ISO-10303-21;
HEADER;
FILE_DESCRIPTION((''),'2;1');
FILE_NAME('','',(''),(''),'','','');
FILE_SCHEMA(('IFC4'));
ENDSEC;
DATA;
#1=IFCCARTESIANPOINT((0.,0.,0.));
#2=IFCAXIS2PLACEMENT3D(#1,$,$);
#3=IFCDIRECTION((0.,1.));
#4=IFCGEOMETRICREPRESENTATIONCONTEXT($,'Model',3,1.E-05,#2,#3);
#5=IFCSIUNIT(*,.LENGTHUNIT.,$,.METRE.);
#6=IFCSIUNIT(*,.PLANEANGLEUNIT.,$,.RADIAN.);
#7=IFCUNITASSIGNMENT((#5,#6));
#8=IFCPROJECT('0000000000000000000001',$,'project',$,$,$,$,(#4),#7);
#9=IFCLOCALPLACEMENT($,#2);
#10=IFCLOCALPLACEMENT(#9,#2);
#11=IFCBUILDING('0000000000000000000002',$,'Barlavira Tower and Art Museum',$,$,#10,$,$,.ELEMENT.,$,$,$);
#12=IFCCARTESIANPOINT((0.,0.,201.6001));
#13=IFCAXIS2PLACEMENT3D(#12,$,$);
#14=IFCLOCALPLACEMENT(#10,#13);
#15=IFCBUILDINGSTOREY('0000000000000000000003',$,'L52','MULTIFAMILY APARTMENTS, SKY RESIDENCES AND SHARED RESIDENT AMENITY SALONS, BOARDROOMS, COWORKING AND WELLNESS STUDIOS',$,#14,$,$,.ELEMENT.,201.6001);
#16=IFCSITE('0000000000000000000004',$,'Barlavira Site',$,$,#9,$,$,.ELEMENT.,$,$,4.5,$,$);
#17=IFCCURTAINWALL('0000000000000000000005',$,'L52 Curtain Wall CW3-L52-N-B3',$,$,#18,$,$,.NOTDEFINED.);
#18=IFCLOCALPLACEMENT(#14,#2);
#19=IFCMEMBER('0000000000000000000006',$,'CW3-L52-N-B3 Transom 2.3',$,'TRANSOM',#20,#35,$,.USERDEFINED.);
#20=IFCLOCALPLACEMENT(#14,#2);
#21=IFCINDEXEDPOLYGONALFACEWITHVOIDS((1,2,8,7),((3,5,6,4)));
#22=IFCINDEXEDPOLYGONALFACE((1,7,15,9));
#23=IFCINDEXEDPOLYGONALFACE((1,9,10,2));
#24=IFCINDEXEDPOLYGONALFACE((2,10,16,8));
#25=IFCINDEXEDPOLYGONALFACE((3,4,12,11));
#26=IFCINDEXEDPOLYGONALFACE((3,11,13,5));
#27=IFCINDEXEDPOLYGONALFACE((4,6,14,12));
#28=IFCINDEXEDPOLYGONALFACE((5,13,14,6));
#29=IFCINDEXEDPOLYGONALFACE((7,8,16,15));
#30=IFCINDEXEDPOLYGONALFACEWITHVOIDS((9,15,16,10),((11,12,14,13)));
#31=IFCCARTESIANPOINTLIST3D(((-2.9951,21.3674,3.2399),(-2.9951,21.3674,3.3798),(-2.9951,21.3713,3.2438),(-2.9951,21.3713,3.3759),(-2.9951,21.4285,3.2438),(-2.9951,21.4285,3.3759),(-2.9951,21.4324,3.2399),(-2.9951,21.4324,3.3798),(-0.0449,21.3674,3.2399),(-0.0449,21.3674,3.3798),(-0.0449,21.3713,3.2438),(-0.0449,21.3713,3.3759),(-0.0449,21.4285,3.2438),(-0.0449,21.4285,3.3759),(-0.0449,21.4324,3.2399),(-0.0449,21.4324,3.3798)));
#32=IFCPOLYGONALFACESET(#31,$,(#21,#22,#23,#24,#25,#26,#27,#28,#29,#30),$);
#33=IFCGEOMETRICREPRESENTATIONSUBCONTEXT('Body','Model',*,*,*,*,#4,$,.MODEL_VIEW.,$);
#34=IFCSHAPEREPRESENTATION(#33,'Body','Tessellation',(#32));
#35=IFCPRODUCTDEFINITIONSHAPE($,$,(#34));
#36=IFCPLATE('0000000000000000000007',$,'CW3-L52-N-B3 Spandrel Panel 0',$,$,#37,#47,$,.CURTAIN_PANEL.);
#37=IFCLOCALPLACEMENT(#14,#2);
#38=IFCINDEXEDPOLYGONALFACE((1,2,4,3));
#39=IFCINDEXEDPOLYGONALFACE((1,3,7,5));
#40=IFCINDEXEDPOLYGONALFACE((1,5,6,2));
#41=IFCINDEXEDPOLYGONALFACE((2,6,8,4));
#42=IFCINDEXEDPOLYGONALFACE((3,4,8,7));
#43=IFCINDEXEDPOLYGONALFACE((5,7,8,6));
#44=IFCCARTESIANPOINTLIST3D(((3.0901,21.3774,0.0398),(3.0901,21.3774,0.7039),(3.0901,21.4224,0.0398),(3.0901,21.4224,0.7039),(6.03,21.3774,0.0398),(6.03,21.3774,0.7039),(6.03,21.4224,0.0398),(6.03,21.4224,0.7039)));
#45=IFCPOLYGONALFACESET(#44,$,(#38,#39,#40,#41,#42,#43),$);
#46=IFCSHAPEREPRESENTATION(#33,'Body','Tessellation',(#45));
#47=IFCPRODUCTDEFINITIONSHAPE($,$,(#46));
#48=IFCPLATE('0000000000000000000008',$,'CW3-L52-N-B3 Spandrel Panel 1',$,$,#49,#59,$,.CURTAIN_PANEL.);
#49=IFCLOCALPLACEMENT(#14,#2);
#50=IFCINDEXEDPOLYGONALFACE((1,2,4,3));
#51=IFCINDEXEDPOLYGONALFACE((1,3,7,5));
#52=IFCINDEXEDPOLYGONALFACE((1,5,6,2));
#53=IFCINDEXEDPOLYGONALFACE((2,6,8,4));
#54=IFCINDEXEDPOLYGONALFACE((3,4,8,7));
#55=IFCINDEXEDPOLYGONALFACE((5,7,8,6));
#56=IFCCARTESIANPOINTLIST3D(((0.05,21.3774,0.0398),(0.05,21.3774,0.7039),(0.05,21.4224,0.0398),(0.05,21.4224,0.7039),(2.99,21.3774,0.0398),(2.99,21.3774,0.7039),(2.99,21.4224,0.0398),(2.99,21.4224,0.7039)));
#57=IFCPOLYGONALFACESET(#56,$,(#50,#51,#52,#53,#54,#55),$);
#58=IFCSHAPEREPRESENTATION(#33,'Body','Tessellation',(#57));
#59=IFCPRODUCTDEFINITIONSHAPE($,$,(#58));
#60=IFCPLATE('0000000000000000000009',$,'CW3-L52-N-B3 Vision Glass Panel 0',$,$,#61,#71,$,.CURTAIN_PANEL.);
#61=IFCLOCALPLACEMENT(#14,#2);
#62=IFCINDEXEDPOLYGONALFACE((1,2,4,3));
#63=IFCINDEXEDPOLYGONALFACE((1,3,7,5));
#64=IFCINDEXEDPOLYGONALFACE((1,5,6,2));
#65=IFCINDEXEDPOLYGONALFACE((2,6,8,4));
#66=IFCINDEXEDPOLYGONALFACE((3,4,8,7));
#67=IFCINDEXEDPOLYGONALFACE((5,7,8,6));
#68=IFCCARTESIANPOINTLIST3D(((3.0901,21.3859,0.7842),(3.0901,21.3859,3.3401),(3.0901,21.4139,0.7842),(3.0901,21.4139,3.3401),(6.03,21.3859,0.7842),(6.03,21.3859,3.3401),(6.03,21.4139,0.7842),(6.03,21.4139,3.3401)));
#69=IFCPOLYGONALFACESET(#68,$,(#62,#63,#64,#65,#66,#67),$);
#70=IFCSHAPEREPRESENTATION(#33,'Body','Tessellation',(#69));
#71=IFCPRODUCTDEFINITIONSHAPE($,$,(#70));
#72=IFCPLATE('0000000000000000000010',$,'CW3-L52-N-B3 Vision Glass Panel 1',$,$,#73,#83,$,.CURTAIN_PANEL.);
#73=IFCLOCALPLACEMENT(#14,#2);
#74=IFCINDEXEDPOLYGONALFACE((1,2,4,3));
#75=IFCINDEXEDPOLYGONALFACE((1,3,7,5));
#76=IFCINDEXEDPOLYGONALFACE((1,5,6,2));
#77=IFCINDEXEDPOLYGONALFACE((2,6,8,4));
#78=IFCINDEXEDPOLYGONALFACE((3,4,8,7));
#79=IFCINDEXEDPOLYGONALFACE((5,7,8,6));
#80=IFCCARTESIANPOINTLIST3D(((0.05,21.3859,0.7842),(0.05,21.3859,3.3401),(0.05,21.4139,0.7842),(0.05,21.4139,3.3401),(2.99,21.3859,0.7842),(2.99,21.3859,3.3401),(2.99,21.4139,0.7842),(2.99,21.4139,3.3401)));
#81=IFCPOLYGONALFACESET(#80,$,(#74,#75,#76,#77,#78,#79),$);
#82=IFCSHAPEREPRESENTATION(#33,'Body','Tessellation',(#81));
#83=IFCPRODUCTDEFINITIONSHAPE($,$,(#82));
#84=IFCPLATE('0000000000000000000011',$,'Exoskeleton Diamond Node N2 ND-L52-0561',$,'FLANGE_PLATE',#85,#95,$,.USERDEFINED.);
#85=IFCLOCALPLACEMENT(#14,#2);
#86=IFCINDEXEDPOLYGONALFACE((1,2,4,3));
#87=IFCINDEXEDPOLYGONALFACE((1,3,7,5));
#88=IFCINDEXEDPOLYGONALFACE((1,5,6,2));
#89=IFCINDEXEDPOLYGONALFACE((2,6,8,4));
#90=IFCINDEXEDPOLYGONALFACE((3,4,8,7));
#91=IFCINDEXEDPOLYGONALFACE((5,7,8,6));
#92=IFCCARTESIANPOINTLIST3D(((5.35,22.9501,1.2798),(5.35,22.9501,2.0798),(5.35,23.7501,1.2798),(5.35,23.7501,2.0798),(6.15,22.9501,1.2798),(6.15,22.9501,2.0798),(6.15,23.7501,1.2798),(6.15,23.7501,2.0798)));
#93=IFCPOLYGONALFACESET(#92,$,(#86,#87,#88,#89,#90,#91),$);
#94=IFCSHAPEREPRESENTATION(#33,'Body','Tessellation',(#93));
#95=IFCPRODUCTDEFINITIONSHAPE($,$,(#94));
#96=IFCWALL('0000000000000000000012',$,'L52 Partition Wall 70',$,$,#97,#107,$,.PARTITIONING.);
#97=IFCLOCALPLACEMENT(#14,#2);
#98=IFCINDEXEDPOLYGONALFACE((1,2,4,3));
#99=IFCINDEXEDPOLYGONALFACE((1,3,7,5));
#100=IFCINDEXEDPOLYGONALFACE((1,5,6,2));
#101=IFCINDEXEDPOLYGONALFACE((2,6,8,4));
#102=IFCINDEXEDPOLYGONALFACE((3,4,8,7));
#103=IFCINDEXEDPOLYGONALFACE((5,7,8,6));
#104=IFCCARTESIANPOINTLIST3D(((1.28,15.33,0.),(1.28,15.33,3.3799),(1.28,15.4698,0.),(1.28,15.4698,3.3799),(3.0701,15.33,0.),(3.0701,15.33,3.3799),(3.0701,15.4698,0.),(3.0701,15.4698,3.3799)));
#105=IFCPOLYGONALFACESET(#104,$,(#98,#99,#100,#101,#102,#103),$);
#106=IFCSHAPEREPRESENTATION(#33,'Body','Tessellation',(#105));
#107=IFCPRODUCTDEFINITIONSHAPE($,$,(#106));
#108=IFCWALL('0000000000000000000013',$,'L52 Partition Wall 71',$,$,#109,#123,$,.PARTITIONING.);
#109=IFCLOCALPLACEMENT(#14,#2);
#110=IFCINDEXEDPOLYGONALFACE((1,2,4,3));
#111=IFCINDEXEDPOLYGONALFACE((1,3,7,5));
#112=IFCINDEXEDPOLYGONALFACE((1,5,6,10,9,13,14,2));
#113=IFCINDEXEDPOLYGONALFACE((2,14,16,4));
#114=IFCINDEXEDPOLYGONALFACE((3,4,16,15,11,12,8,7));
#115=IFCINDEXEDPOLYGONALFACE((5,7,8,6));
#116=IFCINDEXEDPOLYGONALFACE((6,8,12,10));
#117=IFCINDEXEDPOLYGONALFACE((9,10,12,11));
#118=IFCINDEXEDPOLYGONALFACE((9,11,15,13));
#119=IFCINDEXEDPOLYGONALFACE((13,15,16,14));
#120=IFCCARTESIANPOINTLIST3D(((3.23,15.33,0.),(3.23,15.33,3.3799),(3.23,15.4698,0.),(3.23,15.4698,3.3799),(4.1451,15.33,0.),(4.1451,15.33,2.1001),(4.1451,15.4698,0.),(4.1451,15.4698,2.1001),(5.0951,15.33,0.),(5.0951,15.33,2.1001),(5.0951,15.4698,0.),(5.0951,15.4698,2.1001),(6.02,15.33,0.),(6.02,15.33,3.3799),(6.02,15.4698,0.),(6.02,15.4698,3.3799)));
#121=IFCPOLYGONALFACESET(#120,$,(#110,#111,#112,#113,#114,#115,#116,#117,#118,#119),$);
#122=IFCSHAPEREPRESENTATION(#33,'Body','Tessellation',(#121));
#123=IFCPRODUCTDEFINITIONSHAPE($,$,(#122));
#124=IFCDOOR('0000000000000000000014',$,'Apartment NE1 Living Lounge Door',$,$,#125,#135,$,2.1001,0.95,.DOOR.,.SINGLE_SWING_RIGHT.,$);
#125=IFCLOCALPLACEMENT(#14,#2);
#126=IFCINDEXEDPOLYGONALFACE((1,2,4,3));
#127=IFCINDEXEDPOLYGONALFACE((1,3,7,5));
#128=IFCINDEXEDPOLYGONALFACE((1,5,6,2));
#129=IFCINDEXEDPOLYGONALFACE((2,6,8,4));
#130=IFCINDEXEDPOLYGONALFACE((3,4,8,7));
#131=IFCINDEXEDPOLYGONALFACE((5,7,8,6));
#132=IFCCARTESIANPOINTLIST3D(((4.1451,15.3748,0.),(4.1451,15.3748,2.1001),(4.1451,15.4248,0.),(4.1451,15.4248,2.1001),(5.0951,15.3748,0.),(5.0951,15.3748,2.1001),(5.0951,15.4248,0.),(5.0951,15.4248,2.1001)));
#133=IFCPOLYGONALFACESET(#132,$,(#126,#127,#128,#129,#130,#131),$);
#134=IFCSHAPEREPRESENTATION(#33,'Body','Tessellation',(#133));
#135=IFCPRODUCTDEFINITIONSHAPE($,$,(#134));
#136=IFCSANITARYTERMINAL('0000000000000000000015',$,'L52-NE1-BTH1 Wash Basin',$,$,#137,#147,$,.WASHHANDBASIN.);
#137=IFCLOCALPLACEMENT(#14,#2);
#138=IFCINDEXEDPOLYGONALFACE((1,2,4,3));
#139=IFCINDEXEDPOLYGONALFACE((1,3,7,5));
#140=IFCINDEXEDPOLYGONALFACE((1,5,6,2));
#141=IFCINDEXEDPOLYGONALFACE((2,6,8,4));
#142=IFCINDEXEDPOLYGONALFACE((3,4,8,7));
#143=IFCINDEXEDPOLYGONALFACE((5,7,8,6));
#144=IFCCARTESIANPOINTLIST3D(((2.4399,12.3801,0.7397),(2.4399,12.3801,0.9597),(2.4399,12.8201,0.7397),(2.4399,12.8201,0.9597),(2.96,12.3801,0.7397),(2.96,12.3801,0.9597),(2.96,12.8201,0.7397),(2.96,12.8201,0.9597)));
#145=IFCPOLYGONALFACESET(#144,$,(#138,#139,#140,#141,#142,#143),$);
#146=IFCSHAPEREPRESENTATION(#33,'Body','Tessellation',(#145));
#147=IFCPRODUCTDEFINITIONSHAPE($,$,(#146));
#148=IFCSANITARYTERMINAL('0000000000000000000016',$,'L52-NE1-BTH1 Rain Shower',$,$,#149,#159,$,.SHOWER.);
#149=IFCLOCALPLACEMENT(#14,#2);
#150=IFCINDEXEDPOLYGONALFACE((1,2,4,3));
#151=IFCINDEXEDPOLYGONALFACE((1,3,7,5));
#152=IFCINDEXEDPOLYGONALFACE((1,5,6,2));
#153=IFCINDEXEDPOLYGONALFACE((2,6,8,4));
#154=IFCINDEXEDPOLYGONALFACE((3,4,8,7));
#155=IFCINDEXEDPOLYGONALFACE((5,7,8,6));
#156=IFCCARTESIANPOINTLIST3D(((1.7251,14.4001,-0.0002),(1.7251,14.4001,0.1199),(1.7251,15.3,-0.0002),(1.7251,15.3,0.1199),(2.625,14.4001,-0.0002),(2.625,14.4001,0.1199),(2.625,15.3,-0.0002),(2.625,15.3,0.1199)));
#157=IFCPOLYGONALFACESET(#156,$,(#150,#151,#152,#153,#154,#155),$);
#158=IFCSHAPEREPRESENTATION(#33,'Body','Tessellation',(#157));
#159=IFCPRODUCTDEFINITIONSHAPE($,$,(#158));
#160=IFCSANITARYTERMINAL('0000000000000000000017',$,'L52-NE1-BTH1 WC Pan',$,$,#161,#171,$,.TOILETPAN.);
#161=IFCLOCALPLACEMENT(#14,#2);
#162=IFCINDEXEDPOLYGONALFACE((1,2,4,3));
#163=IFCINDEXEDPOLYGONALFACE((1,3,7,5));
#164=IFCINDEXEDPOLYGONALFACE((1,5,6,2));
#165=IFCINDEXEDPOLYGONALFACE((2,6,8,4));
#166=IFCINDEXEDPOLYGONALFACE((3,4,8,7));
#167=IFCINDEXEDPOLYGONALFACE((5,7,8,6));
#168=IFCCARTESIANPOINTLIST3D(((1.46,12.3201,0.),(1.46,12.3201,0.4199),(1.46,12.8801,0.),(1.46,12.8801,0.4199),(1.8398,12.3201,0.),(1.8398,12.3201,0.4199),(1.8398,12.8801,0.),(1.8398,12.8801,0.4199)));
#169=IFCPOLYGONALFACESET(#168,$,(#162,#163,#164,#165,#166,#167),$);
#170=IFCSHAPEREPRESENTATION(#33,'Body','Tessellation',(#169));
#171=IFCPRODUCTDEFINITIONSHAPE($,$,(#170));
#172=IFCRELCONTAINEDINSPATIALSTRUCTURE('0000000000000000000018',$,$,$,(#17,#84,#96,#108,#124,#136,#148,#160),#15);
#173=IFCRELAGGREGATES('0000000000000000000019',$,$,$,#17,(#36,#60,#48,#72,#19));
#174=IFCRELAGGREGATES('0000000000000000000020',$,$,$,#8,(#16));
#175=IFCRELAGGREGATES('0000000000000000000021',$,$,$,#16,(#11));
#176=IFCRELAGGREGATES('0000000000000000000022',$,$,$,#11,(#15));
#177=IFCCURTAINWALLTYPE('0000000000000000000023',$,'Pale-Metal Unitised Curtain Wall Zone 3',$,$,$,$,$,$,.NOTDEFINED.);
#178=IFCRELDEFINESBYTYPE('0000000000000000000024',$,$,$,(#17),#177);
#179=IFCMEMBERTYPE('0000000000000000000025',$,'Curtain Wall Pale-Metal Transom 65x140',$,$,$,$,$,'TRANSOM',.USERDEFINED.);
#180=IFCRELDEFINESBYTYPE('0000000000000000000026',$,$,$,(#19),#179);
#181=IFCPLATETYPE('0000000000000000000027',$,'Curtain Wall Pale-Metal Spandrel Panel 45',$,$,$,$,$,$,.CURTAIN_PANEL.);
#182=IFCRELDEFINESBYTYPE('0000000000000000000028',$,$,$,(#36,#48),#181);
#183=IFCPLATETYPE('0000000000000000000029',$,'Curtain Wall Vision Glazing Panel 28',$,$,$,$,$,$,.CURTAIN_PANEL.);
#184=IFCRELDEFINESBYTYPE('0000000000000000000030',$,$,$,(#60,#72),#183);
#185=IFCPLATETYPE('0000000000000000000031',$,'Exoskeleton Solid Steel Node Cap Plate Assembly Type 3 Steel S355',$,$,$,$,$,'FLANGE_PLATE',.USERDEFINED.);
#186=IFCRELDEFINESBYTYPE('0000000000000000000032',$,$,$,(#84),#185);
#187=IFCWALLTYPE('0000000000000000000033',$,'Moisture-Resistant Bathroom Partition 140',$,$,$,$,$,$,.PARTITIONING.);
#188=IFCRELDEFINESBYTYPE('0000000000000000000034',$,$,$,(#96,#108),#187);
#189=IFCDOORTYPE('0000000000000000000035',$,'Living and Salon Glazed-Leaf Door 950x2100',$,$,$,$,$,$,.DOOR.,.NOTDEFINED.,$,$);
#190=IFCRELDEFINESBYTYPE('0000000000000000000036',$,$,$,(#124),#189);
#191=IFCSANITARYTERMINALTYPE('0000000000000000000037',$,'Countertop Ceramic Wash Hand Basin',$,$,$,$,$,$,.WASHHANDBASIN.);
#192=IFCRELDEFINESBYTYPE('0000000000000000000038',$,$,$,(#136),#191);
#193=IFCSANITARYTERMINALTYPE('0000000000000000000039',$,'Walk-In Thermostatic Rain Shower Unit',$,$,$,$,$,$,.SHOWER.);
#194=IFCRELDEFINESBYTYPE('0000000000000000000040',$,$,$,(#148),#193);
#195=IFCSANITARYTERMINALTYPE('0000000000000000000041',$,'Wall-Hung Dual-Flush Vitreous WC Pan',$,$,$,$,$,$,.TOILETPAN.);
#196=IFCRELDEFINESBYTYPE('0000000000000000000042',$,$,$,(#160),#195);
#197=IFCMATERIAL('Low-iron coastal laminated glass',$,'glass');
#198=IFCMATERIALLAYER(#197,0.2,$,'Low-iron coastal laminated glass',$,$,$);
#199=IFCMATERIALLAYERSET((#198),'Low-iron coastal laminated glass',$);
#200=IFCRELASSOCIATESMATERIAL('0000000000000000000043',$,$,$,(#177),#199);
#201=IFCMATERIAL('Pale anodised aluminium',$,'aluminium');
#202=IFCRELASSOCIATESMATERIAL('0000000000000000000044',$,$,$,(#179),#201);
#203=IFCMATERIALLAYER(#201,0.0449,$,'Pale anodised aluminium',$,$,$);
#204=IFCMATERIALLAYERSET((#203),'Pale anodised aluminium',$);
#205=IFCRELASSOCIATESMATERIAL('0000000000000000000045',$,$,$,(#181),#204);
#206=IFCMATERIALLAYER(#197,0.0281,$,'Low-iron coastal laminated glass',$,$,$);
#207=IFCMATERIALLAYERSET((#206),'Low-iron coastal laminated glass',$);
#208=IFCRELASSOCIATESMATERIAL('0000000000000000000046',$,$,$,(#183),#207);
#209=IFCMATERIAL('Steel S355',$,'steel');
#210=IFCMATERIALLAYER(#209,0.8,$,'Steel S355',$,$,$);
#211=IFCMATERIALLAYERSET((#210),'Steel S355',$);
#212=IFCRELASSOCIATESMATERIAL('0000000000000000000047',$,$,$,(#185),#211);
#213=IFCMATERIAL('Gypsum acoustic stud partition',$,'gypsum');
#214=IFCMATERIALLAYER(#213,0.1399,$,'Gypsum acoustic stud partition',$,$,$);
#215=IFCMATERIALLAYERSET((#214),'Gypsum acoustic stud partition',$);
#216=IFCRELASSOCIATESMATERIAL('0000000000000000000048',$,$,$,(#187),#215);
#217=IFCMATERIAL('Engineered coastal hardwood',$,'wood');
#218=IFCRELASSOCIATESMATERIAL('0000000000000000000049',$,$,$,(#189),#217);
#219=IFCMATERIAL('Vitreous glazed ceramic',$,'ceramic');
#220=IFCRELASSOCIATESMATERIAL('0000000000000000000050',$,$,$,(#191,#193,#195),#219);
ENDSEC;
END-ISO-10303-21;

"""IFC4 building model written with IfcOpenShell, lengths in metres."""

from ifc_helpers import new_model, si_unit, direction, frame, frame_2d, origin, origin_2d, place, context, subcontext, project, spatial, rectangle, hollow_rectangle, extrude, material, layer, layer_set, material_profile, profile_set, type_object, element, fill, aggregate, save


model = new_model("IFC4")

# Units and contexts
model_context = context("Model", 3, precision=1e-05, world=origin(), true_north=direction((0.0, 1.0)))
body_context = subcontext(model_context, "Body", "Model", "MODEL_VIEW")
ifc_project = project(units=[si_unit("LENGTHUNIT", "METRE"), si_unit("PLANEANGLEUNIT", "RADIAN")], contexts=[model_context])

# Site, building, storey
site_placement = place(None, origin())
site = spatial("IfcSite", under=ifc_project, at=site_placement, Name="Barlavira Site", CompositionType="ELEMENT", RefElevation=4.5)
building_placement = place(site_placement, origin())
building = spatial("IfcBuilding", under=site, at=building_placement, Name="Barlavira Tower and Art Museum", CompositionType="ELEMENT")
storey_placement = place(building_placement, frame((0.0, 0.0, 201.6001)))
storey = spatial("IfcBuildingStorey", under=building, at=storey_placement, Name="L52", Description="MULTIFAMILY APARTMENTS, SKY RESIDENCES AND SHARED RESIDENT AMENITY SALONS, BOARDROOMS, COWORKING AND WELLNESS STUDIOS", CompositionType="ELEMENT", Elevation=201.6001)

# Curtain wall, member, plates
ifc_material_1 = material(Name="Low-iron coastal laminated glass", Category="glass")
ifc_layer_1 = layer(ifc_material_1, 0.2, Name="Low-iron coastal laminated glass")
ifc_layer_set_1 = layer_set([ifc_layer_1], Name="Low-iron coastal laminated glass")
curtain_wall_type = type_object("IfcCurtainWallType", Name="Pale-Metal Unitised Curtain Wall Zone 3", PredefinedType="NOTDEFINED", material=ifc_layer_set_1)
curtain_wall_placement = place(storey_placement, origin())
curtain_wall = element("IfcCurtainWall", 1, at=curtain_wall_placement, inside=storey, type_object=curtain_wall_type, Name="L52 Curtain Wall CW3-L52-N-B3", PredefinedType="NOTDEFINED")
ifc_material_2 = material(Name="Pale anodised aluminium", Category="aluminium")
ifc_material_profile_1 = material_profile(ifc_material_2, hollow_rectangle(XDim=0.0649, YDim=0.1399, WallThickness=0.0039, at=origin_2d()), Name="ALU-TRAN 65x140x4")
ifc_profile_set_1 = profile_set([ifc_material_profile_1], Name="Pale anodised aluminium")
member_type_1 = type_object("IfcMemberType", Name="Curtain Wall Pale-Metal Transom 65x140", ElementType="TRANSOM", PredefinedType="USERDEFINED", material=ifc_profile_set_1)
member_1_placement = place(storey_placement, frame((-0.0449, 21.3999, 3.3098), z_axis=(-1.0, 0.0, 0.0), x_axis=(0.0, -1.0, 0.0)))
member_1 = element("IfcMember", 2, at=member_1_placement, type_object=member_type_1, Name="CW3-L52-N-B3 Transom 2.3", ObjectType="TRANSOM", PredefinedType="USERDEFINED", context=body_context, shape_type="SweptSolid", body=[
    extrude(hollow_rectangle(XDim=0.0649, YDim=0.1399, WallThickness=0.0039, at=origin_2d()), origin(), (0.0, 0.0, 1.0), 2.9502),
])
ifc_layer_2 = layer(ifc_material_2, 0.0449, Name="Pale anodised aluminium")
ifc_layer_set_2 = layer_set([ifc_layer_2], Name="Pale anodised aluminium")
plate_type_1 = type_object("IfcPlateType", Name="Curtain Wall Pale-Metal Spandrel Panel 45", PredefinedType="CURTAIN_PANEL", material=ifc_layer_set_2)
plate_1_placement = place(storey_placement, frame((4.5601, 21.3999, 0.0398), z_axis=(0.0, 0.0, 1.0), x_axis=(-1.0, 0.0, 0.0)))
plate_1 = element("IfcPlate", 3, at=plate_1_placement, type_object=plate_type_1, Name="CW3-L52-N-B3 Spandrel Panel 0", PredefinedType="CURTAIN_PANEL", context=body_context, shape_type="SweptSolid", body=[
    extrude(rectangle(XDim=2.9399, YDim=0.0449, at=origin_2d()), origin(), (0.0, 0.0, 1.0), 0.6641),
])
plate_2_placement = place(storey_placement, frame((1.52, 21.3999, 0.0398), z_axis=(0.0, 0.0, 1.0), x_axis=(-1.0, 0.0, 0.0)))
plate_2 = element("IfcPlate", 4, at=plate_2_placement, type_object=plate_type_1, Name="CW3-L52-N-B3 Spandrel Panel 1", PredefinedType="CURTAIN_PANEL", context=body_context, shape_type="SweptSolid", body=[
    extrude(rectangle(XDim=2.9399, YDim=0.0449, at=origin_2d()), origin(), (0.0, 0.0, 1.0), 0.6641),
])
ifc_layer_3 = layer(ifc_material_1, 0.0281, Name="Low-iron coastal laminated glass")
ifc_layer_set_3 = layer_set([ifc_layer_3], Name="Low-iron coastal laminated glass")
plate_type_2 = type_object("IfcPlateType", Name="Curtain Wall Vision Glazing Panel 28", PredefinedType="CURTAIN_PANEL", material=ifc_layer_set_3)
plate_3_placement = place(storey_placement, frame((4.5601, 21.3999, 0.7842), z_axis=(0.0, 0.0, 1.0), x_axis=(-1.0, 0.0, 0.0)))
plate_3 = element("IfcPlate", 5, at=plate_3_placement, type_object=plate_type_2, Name="CW3-L52-N-B3 Vision Glass Panel 0", PredefinedType="CURTAIN_PANEL", context=body_context, shape_type="SweptSolid", body=[
    extrude(rectangle(XDim=2.9399, YDim=0.0281, at=origin_2d()), origin(), (0.0, 0.0, 1.0), 2.5559),
])
plate_4_placement = place(storey_placement, frame((1.52, 21.3999, 0.7842), z_axis=(0.0, 0.0, 1.0), x_axis=(-1.0, 0.0, 0.0)))
plate_4 = element("IfcPlate", 6, at=plate_4_placement, type_object=plate_type_2, Name="CW3-L52-N-B3 Vision Glass Panel 1", PredefinedType="CURTAIN_PANEL", context=body_context, shape_type="SweptSolid", body=[
    extrude(rectangle(XDim=2.9399, YDim=0.0281, at=origin_2d()), origin(), (0.0, 0.0, 1.0), 2.5559),
])
aggregate(curtain_wall, [plate_1, plate_3, plate_2, plate_4, member_1])

# Plate
ifc_material_3 = material(Name="Steel S355", Category="steel")
ifc_layer_4 = layer(ifc_material_3, 0.8, Name="Steel S355")
ifc_layer_set_4 = layer_set([ifc_layer_4], Name="Steel S355")
plate_type_3 = type_object("IfcPlateType", Name="Exoskeleton Solid Steel Node Cap Plate Assembly Type 3 Steel S355", ElementType="FLANGE_PLATE", PredefinedType="USERDEFINED", material=ifc_layer_set_4)
plate_5_placement = place(storey_placement, frame((5.75, 23.3501, 1.2798), z_axis=(0.0, 0.0, 1.0), x_axis=(1.0, 0.0, 0.0)))
element("IfcPlate", 7, at=plate_5_placement, inside=storey, type_object=plate_type_3, Name="Exoskeleton Diamond Node N2 ND-L52-0561", ObjectType="FLANGE_PLATE", PredefinedType="USERDEFINED", context=body_context, shape_type="SweptSolid", body=[
    extrude(rectangle(XDim=0.8, YDim=0.8, at=origin_2d()), origin(), (0.0, 0.0, 1.0), 0.8),
])

# Shared definitions
ifc_material_4 = material(Name="Gypsum acoustic stud partition", Category="gypsum")

# Wall
ifc_layer_5 = layer(ifc_material_4, 0.1399, Name="Gypsum acoustic stud partition")
ifc_layer_set_5 = layer_set([ifc_layer_5], Name="Gypsum acoustic stud partition")
wall_type_1 = type_object("IfcWallType", Name="Moisture-Resistant Bathroom Partition 140", PredefinedType="PARTITIONING", material=ifc_layer_set_5)
wall_1_placement = place(storey_placement, frame((1.28, 15.3999, 0.0), z_axis=(0.0, 0.0, 1.0), x_axis=(1.0, 0.0, 0.0)))
element("IfcWall", 8, at=wall_1_placement, inside=storey, type_object=wall_type_1, Name="L52 Partition Wall 70", PredefinedType="PARTITIONING", context=body_context, shape_type="SweptSolid", body=[
    extrude(rectangle(XDim=1.79, YDim=0.1399, at=frame_2d((0.895, 0.0))), origin(), (0.0, 0.0, 1.0), 3.3799),
])

# Wall, opening, door
wall_2_placement = place(storey_placement, frame((3.23, 15.3999, 0.0), z_axis=(0.0, 0.0, 1.0), x_axis=(1.0, 0.0, 0.0)))
wall_2 = element("IfcWall", 9, at=wall_2_placement, inside=storey, type_object=wall_type_1, Name="L52 Partition Wall 71", PredefinedType="PARTITIONING", context=body_context, shape_type="SweptSolid", body=[
    extrude(rectangle(XDim=2.79, YDim=0.1399, at=frame_2d((1.395, 0.0))), origin(), (0.0, 0.0, 1.0), 3.3799),
])
opening_1_placement = place(wall_2_placement, frame((0.915, 0.0, 0.0)))
opening_1 = element("IfcOpeningElement", 10, at=opening_1_placement, cuts=wall_2, PredefinedType="OPENING", context=body_context, shape_type="SweptSolid", body=[
    extrude(rectangle(XDim=0.95, YDim=2.1001, at=frame_2d((0.4751, 1.05))), frame((0.0, 0.0801, 0.0), z_axis=(0.0, -1.0, 0.0), x_axis=(1.0, 0.0, 0.0)), (0.0, 0.0, 1.0), 0.1599),
])
ifc_material_5 = material(Name="Engineered coastal hardwood", Category="wood")
door_type_1 = type_object("IfcDoorType", Name="Living and Salon Glazed-Leaf Door 950x2100", OperationType="NOTDEFINED", PredefinedType="DOOR", material=ifc_material_5)
door_1_placement = place(opening_1_placement, origin())
door_1 = element("IfcDoor", 11, at=door_1_placement, inside=storey, type_object=door_type_1, Name="Apartment NE1 Living Lounge Door", OperationType="SINGLE_SWING_RIGHT", OverallHeight=2.1001, OverallWidth=0.95, PredefinedType="DOOR", context=body_context, shape_type="SweptSolid", body=[
    extrude(rectangle(XDim=0.95, YDim=2.1001, at=frame_2d((0.4751, 1.05))), frame((0.0, 0.0249, 0.0), z_axis=(0.0, -1.0, 0.0), x_axis=(1.0, 0.0, 0.0)), (0.0, 0.0, 1.0), 0.05),
])
fill(opening_1, door_1)

# Sanitary terminals
ifc_material_6 = material(Name="Vitreous glazed ceramic", Category="ceramic")
sanitary_terminal_type_1 = type_object("IfcSanitaryTerminalType", Name="Countertop Ceramic Wash Hand Basin", PredefinedType="WASHHANDBASIN", material=ifc_material_6)
sanitary_terminal_1_placement = place(storey_placement, frame((2.7, 12.6001, 0.7397), z_axis=(0.0, 0.0, 1.0), x_axis=(1.0, 0.0, 0.0)))
element("IfcSanitaryTerminal", 12, at=sanitary_terminal_1_placement, inside=storey, type_object=sanitary_terminal_type_1, Name="L52-NE1-BTH1 Wash Basin", PredefinedType="WASHHANDBASIN", context=body_context, shape_type="SweptSolid", body=[
    extrude(rectangle(XDim=0.52, YDim=0.4399, at=origin_2d()), origin(), (0.0, 0.0, 1.0), 0.22),
])
sanitary_terminal_type_2 = type_object("IfcSanitaryTerminalType", Name="Walk-In Thermostatic Rain Shower Unit", PredefinedType="SHOWER", material=ifc_material_6)
sanitary_terminal_2_placement = place(storey_placement, frame((2.175, 14.8501, -0.0002), z_axis=(0.0, 0.0, 1.0), x_axis=(1.0, 0.0, 0.0)))
element("IfcSanitaryTerminal", 13, at=sanitary_terminal_2_placement, inside=storey, type_object=sanitary_terminal_type_2, Name="L52-NE1-BTH1 Rain Shower", PredefinedType="SHOWER", context=body_context, shape_type="SweptSolid", body=[
    extrude(rectangle(XDim=0.8999, YDim=0.8999, at=origin_2d()), origin(), (0.0, 0.0, 1.0), 0.1201),
])
sanitary_terminal_type_3 = type_object("IfcSanitaryTerminalType", Name="Wall-Hung Dual-Flush Vitreous WC Pan", PredefinedType="TOILETPAN", material=ifc_material_6)
sanitary_terminal_3_placement = place(storey_placement, frame((1.6499, 12.6001, 0.0), z_axis=(0.0, 0.0, 1.0), x_axis=(1.0, 0.0, 0.0)))
element("IfcSanitaryTerminal", 14, at=sanitary_terminal_3_placement, inside=storey, type_object=sanitary_terminal_type_3, Name="L52-NE1-BTH1 WC Pan", PredefinedType="TOILETPAN", context=body_context, shape_type="SweptSolid", body=[
    extrude(rectangle(XDim=0.3799, YDim=0.5601, at=origin_2d()), origin(), (0.0, 0.0, 1.0), 0.4199),
])

save(model, "model.ifc")
